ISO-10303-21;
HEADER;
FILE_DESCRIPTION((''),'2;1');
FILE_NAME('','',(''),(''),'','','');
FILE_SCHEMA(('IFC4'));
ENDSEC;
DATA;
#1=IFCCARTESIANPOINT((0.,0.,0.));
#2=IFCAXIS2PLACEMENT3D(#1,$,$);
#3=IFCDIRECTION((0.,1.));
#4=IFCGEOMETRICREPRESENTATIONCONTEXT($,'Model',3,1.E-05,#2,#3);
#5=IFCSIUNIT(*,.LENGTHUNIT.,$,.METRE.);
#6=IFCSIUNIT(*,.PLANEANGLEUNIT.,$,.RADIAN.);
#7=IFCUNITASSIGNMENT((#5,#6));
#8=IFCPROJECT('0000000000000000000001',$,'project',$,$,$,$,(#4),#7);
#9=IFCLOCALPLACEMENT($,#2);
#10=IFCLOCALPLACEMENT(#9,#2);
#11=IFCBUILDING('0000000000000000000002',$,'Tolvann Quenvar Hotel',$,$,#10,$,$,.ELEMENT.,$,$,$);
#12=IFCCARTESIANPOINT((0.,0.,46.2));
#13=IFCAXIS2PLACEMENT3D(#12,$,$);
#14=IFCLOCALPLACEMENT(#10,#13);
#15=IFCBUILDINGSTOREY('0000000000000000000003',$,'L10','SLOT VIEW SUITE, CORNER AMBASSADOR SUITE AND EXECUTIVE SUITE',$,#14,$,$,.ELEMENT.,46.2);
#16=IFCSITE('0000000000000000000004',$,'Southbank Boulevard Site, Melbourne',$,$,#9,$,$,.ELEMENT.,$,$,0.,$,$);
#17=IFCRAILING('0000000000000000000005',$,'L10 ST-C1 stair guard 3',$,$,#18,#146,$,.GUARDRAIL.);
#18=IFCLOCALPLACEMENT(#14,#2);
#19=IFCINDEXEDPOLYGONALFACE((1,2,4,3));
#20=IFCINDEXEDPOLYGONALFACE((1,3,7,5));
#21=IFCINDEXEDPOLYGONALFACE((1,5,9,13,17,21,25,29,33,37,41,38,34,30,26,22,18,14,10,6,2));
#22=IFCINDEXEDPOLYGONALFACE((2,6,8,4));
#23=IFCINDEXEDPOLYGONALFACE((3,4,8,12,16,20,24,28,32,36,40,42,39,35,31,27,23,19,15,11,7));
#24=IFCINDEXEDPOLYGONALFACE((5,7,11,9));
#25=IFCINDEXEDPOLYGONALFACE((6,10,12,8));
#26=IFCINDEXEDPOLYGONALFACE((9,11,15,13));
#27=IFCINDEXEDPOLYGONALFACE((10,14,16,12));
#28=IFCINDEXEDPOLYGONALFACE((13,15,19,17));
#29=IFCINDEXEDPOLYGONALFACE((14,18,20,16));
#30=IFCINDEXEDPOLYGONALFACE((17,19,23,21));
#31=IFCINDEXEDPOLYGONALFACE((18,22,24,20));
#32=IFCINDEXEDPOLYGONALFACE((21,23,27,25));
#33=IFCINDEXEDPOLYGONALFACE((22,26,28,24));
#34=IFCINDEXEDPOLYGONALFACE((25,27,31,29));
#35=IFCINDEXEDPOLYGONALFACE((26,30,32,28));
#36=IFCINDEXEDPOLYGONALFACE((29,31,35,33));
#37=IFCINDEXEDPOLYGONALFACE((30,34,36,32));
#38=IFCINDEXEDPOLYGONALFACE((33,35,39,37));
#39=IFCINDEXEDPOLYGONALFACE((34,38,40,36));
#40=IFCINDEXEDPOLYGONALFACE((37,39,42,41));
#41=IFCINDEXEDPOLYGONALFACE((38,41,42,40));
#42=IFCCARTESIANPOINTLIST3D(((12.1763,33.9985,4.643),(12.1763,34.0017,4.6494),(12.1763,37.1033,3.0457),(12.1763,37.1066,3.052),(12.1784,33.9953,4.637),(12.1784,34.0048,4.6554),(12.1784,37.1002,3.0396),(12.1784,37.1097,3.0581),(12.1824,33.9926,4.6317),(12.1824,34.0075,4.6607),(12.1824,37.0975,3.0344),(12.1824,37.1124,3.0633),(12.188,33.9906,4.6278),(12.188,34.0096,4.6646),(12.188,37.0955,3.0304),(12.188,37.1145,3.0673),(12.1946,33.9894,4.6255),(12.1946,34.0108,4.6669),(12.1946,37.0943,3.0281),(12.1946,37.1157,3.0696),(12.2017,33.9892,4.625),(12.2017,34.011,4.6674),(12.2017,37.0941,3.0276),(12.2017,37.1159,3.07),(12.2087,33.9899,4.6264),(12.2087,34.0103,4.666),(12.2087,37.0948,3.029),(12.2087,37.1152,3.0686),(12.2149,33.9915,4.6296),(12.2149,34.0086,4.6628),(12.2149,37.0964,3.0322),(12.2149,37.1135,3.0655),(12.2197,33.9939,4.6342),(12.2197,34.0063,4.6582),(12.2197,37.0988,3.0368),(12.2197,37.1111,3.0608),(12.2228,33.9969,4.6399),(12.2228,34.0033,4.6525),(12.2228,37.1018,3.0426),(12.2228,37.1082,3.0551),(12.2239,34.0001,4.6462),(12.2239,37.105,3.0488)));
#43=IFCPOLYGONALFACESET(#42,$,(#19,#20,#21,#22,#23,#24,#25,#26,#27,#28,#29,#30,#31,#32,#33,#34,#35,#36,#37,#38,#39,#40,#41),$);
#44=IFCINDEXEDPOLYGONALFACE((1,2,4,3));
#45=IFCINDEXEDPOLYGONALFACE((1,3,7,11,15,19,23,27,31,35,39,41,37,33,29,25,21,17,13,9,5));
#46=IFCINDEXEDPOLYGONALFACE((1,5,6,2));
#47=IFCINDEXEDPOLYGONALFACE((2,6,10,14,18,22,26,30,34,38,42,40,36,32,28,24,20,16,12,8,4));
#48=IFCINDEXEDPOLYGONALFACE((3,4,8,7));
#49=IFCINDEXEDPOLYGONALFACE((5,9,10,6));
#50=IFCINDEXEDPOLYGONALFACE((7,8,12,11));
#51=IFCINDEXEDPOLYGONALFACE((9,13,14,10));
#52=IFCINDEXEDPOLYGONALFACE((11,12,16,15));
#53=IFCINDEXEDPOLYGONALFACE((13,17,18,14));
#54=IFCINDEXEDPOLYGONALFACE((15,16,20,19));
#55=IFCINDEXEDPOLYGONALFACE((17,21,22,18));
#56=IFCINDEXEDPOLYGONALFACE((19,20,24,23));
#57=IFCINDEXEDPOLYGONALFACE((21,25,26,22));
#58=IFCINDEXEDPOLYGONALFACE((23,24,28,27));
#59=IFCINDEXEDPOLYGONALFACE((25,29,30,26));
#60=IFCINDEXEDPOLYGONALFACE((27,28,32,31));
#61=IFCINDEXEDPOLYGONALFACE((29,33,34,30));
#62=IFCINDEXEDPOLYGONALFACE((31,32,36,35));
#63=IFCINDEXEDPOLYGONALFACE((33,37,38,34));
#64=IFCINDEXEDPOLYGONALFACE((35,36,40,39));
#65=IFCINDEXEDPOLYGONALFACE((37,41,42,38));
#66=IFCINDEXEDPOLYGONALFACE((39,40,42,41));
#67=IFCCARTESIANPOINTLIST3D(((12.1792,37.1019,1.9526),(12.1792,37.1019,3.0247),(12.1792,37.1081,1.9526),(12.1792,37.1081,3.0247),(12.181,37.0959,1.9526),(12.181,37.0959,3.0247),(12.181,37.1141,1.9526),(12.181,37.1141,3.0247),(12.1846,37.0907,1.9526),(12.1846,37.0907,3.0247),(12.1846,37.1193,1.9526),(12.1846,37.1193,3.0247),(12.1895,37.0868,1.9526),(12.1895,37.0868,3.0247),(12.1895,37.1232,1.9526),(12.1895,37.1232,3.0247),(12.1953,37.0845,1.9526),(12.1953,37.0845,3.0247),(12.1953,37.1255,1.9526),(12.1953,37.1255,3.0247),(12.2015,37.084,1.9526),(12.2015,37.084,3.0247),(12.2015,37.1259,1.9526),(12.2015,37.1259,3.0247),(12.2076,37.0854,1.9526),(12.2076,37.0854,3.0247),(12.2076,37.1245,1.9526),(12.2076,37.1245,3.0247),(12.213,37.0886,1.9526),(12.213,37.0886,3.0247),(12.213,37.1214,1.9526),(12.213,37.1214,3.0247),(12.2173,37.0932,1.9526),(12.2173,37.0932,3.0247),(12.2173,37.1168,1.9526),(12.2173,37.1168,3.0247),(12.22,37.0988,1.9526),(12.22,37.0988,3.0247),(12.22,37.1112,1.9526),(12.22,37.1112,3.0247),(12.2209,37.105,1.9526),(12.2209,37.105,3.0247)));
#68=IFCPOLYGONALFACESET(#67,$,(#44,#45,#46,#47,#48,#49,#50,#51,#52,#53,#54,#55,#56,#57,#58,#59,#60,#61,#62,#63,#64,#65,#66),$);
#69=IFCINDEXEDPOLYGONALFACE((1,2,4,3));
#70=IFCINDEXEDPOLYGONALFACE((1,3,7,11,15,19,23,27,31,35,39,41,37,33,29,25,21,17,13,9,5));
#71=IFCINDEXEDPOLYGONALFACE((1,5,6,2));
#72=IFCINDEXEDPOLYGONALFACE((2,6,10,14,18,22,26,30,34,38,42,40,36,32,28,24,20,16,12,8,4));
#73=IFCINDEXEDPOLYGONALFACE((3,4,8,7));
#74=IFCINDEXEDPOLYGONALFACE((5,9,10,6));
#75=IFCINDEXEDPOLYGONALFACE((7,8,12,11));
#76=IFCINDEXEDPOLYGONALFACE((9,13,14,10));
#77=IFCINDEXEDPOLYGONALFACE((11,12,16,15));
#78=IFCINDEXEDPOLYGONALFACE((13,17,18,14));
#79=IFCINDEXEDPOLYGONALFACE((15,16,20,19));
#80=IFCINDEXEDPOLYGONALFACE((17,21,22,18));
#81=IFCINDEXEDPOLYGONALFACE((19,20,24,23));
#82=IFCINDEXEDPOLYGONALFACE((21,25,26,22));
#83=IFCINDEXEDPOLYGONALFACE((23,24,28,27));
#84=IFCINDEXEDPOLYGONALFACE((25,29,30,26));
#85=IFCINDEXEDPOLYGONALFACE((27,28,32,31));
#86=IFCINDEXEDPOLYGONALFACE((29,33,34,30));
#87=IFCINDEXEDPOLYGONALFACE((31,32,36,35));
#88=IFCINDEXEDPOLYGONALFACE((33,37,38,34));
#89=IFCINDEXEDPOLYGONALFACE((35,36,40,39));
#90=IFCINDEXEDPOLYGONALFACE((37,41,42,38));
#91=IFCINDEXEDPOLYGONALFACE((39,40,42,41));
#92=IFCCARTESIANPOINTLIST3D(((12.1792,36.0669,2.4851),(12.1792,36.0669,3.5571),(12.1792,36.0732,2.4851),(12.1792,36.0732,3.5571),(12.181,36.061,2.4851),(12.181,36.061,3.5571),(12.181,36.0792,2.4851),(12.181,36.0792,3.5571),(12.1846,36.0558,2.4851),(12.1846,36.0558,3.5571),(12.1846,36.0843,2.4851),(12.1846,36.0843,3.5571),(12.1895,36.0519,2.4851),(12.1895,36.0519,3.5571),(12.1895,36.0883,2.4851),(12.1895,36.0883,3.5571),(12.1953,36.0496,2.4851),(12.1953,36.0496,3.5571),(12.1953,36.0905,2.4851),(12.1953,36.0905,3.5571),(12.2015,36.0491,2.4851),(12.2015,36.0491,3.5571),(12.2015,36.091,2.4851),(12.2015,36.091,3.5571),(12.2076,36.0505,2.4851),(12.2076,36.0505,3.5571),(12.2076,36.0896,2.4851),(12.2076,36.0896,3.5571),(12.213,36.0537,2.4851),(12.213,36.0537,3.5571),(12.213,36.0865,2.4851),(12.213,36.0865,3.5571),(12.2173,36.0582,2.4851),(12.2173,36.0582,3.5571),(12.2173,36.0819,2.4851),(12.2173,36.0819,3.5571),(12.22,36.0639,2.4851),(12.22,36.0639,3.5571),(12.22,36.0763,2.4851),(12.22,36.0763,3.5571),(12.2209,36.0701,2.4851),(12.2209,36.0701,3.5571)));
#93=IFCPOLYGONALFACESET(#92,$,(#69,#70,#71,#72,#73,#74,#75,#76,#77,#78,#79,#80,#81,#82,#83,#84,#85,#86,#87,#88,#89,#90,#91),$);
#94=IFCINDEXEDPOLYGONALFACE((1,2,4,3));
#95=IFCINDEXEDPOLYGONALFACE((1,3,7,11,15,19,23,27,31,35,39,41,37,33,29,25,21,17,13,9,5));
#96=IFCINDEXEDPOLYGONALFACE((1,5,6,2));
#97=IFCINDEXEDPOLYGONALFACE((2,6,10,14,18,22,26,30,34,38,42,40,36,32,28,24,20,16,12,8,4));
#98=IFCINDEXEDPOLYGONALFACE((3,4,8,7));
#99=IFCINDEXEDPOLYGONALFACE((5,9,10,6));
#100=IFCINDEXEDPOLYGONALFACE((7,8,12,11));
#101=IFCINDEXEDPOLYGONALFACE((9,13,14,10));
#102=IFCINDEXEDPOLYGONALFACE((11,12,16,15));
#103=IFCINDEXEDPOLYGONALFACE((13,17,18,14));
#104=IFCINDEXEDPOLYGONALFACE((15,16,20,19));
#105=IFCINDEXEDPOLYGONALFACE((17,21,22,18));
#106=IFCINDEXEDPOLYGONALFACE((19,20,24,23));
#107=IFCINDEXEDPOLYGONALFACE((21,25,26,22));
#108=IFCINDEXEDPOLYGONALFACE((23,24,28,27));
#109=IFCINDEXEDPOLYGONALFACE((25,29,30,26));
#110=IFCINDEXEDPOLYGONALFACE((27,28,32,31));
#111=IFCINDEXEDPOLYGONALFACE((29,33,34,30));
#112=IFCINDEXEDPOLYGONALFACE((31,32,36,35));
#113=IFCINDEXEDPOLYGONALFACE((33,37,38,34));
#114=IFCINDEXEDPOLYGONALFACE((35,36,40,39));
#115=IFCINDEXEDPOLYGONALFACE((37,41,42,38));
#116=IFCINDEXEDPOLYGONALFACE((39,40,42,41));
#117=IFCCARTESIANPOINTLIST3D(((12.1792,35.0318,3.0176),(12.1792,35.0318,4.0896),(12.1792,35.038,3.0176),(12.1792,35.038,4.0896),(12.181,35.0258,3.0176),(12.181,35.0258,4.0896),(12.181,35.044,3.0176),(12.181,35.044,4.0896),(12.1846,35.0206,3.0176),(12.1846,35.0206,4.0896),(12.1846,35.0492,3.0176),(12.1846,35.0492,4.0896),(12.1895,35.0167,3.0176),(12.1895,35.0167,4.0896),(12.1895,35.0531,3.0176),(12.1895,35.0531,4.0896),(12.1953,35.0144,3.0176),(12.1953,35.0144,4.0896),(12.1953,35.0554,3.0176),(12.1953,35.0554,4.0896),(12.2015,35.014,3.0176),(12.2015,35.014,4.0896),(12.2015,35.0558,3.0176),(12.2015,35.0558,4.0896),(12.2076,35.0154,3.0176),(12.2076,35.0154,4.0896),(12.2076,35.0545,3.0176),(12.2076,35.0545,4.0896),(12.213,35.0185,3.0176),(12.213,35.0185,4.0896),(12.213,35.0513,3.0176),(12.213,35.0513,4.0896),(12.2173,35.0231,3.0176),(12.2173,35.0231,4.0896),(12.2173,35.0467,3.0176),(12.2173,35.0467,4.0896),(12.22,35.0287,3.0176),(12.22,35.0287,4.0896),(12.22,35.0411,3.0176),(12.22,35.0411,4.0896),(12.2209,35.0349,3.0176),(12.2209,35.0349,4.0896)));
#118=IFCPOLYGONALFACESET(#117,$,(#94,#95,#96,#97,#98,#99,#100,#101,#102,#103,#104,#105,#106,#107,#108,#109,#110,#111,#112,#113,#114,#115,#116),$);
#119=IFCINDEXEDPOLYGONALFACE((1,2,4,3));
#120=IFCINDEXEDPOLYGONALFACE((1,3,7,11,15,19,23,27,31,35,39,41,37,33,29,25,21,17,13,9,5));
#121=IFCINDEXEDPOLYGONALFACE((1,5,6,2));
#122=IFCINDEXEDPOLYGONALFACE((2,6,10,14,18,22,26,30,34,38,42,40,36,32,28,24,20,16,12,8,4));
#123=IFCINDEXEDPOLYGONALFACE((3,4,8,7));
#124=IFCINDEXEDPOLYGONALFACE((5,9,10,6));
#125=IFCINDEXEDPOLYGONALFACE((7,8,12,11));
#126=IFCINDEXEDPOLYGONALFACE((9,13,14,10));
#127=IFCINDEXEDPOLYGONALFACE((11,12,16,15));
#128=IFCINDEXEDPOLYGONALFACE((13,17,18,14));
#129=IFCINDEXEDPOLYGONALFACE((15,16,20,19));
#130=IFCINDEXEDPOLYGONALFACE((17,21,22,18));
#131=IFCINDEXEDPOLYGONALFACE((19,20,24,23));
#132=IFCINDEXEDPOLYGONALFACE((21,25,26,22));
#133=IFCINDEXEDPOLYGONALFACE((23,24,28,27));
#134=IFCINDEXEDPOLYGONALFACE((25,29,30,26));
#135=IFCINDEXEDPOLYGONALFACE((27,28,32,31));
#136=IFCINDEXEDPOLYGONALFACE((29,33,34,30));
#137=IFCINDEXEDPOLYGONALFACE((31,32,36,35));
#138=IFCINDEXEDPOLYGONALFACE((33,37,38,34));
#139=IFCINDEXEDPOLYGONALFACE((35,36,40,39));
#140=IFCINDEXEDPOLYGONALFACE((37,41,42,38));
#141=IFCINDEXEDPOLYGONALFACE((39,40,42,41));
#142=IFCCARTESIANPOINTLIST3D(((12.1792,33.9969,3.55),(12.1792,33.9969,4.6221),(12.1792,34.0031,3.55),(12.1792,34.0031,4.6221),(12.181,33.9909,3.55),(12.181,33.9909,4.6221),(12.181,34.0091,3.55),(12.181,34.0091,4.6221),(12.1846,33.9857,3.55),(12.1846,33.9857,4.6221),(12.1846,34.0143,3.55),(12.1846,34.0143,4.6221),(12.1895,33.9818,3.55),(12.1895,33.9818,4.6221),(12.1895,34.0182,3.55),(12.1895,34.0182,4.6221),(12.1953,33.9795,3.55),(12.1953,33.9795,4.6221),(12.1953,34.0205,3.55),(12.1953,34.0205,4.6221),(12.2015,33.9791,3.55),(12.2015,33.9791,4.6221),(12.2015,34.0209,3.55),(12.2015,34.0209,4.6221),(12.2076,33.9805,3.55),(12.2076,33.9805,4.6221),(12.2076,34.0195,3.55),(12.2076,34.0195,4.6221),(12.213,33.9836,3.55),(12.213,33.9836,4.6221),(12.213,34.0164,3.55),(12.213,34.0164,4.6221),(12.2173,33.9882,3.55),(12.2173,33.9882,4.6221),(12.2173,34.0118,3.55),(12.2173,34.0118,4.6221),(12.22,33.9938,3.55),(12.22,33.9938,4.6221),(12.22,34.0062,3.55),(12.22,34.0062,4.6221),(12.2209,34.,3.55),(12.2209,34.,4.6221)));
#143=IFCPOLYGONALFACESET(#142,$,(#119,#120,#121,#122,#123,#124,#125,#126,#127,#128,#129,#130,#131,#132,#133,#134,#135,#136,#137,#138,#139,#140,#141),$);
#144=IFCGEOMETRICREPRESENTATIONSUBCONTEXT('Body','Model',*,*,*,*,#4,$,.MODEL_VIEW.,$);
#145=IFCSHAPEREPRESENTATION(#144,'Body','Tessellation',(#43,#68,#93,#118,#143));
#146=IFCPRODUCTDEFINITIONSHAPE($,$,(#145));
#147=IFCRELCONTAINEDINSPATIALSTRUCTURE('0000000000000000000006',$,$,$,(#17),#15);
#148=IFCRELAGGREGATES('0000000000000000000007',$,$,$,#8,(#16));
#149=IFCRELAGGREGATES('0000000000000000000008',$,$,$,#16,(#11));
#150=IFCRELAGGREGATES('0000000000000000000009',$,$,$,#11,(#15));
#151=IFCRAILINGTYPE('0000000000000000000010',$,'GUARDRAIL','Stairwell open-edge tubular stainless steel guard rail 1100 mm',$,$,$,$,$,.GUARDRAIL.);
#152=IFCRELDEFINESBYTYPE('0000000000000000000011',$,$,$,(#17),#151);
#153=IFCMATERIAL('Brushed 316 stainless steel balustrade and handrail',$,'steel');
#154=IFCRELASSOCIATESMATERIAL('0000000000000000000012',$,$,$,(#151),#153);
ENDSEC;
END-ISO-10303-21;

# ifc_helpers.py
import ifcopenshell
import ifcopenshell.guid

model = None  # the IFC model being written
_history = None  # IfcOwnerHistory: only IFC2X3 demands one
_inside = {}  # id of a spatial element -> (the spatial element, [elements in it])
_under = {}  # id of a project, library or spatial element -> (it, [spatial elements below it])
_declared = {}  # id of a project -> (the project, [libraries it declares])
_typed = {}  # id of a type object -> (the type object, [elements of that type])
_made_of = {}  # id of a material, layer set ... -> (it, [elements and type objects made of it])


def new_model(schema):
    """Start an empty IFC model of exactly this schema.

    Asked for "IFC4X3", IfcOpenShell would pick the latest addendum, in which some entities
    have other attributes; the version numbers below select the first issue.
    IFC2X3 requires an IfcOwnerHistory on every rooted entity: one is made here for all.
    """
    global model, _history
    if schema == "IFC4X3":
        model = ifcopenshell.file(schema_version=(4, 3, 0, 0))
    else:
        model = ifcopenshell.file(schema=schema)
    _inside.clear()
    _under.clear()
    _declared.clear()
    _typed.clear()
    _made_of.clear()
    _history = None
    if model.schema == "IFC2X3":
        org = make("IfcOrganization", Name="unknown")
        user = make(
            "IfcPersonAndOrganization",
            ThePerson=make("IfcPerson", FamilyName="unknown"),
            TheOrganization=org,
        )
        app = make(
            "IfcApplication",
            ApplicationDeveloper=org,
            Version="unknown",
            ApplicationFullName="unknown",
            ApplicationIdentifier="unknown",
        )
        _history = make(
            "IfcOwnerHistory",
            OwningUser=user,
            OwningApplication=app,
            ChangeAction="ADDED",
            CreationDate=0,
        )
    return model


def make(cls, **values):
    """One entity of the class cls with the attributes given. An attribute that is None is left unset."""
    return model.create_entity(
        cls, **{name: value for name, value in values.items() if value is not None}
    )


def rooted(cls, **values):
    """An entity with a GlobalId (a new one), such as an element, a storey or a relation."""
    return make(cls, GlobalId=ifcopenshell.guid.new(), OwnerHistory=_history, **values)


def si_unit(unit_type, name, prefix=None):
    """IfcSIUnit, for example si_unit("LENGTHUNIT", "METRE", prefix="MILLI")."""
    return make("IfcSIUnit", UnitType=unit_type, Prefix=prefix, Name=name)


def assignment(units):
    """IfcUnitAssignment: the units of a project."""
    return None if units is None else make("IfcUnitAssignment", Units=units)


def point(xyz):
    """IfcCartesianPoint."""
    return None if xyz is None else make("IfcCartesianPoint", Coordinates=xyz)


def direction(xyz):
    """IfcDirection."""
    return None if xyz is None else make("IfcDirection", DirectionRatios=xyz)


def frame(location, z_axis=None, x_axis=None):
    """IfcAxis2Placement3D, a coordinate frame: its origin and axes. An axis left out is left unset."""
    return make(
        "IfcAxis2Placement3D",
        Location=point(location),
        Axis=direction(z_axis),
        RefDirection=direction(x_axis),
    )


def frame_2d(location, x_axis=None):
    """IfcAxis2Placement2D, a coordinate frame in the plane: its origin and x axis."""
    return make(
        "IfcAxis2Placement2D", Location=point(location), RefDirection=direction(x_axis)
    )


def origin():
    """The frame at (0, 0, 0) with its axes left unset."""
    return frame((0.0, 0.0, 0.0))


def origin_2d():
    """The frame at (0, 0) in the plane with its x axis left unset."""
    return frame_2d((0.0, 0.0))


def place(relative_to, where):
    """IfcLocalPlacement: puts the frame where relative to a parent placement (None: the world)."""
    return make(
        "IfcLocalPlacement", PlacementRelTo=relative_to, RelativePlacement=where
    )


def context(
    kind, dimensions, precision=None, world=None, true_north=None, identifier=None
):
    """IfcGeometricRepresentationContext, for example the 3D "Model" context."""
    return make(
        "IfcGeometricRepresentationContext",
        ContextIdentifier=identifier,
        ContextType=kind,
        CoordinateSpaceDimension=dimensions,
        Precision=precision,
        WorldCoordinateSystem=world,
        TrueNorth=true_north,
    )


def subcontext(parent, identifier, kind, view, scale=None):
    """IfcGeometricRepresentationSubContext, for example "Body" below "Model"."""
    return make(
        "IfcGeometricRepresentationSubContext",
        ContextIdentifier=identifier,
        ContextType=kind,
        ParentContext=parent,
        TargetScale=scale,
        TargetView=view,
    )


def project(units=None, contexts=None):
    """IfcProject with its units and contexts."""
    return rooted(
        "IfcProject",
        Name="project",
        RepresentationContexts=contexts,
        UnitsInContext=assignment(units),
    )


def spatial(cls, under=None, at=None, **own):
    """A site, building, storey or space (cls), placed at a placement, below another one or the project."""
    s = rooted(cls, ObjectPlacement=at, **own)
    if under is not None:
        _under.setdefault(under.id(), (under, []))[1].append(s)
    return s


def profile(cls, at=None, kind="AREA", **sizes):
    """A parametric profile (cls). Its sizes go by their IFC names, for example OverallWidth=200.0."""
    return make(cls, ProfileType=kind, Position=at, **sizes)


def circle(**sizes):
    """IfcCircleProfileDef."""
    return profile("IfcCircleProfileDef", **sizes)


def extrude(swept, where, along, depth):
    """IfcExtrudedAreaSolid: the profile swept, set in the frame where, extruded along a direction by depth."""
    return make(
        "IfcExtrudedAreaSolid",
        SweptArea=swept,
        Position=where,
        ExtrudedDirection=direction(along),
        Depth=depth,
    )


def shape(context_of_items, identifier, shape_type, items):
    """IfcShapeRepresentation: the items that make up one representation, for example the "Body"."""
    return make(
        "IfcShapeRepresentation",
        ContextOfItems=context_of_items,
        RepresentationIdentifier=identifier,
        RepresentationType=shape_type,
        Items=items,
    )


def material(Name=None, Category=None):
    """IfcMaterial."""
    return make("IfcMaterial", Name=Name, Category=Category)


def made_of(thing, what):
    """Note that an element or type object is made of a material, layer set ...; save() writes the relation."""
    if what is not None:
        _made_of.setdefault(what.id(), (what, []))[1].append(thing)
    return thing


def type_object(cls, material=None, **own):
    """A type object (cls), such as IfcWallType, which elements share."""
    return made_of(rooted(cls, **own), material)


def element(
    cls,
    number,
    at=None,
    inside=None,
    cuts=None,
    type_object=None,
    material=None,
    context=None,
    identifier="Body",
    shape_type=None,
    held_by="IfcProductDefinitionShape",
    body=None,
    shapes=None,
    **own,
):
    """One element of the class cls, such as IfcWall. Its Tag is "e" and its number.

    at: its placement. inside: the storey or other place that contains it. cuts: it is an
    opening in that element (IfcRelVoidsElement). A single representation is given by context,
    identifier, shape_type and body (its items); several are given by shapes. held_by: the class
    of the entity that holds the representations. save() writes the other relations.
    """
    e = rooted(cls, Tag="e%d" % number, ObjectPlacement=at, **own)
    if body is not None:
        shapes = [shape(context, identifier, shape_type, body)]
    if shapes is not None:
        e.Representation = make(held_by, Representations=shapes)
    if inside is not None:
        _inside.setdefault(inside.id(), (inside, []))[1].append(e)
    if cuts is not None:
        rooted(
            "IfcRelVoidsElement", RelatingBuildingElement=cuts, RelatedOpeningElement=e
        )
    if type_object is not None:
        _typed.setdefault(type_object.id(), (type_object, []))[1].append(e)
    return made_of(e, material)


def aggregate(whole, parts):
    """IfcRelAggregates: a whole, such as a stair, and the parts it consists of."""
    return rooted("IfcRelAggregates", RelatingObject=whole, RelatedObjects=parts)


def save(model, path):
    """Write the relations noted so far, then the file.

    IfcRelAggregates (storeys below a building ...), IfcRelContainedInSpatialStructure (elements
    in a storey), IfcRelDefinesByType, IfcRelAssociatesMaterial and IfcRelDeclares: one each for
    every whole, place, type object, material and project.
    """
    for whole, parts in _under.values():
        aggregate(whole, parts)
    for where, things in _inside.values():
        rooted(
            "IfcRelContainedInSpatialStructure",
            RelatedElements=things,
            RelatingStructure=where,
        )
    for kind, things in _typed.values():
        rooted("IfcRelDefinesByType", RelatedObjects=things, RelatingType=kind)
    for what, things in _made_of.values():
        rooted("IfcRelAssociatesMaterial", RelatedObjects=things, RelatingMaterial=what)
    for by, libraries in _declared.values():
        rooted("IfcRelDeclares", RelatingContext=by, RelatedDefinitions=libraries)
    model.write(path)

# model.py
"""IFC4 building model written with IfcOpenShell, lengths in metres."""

from ifc_helpers import new_model, si_unit, direction, frame, origin, origin_2d, place, context, subcontext, project, spatial, circle, extrude, material, type_object, element, save


model = new_model("IFC4")

# Units and contexts
model_context = context("Model", 3, precision=1e-05, world=origin(), true_north=direction((0.0, 1.0)))
body_context = subcontext(model_context, "Body", "Model", "MODEL_VIEW")
ifc_project = project(units=[si_unit("LENGTHUNIT", "METRE"), si_unit("PLANEANGLEUNIT", "RADIAN")], contexts=[model_context])

# Site, building, storey
site_placement = place(None, origin())
site = spatial("IfcSite", under=ifc_project, at=site_placement, Name="Southbank Boulevard Site, Melbourne", CompositionType="ELEMENT", RefElevation=0.0)
building_placement = place(site_placement, origin())
building = spatial("IfcBuilding", under=site, at=building_placement, Name="Tolvann Quenvar Hotel", CompositionType="ELEMENT")
storey_placement = place(building_placement, frame((0.0, 0.0, 46.2)))
storey = spatial("IfcBuildingStorey", under=building, at=storey_placement, Name="L10", Description="SLOT VIEW SUITE, CORNER AMBASSADOR SUITE AND EXECUTIVE SUITE", CompositionType="ELEMENT", Elevation=46.2)

# Railing
ifc_material_1 = material(Name="Brushed 316 stainless steel balustrade and handrail", Category="steel")
railing_type_1 = type_object("IfcRailingType", Name="GUARDRAIL", Description="Stairwell open-edge tubular stainless steel guard rail 1100 mm", PredefinedType="GUARDRAIL", material=ifc_material_1)
railing_1_placement = place(storey_placement, frame((12.2, 37.105, 1.9526)))
element("IfcRailing", 1, at=railing_1_placement, inside=storey, type_object=railing_type_1, Name="L10 ST-C1 stair guard 3", PredefinedType="GUARDRAIL", context=body_context, shape_type="SweptSolid", body=[
    extrude(circle(Radius=0.0239, at=origin_2d()), frame((0.0, 0.0, 1.0962), z_axis=(0.0, -0.889222, 0.457476), x_axis=(1.0, 0.0, 0.0)), (0.0, 0.0, 1.0), 3.4917),
    extrude(circle(Radius=0.021, at=origin_2d()), origin(), (0.0, 0.0, 1.0), 1.072),
    extrude(circle(Radius=0.021, at=origin_2d()), frame((0.0, -1.0349, 0.5325)), (0.0, 0.0, 1.0), 1.072),
    extrude(circle(Radius=0.021, at=origin_2d()), frame((0.0, -2.0701, 1.0649)), (0.0, 0.0, 1.0), 1.072),
    extrude(circle(Radius=0.021, at=origin_2d()), frame((0.0, -3.105, 1.5974)), (0.0, 0.0, 1.0), 1.072),
])

save(model, "model.ifc")
